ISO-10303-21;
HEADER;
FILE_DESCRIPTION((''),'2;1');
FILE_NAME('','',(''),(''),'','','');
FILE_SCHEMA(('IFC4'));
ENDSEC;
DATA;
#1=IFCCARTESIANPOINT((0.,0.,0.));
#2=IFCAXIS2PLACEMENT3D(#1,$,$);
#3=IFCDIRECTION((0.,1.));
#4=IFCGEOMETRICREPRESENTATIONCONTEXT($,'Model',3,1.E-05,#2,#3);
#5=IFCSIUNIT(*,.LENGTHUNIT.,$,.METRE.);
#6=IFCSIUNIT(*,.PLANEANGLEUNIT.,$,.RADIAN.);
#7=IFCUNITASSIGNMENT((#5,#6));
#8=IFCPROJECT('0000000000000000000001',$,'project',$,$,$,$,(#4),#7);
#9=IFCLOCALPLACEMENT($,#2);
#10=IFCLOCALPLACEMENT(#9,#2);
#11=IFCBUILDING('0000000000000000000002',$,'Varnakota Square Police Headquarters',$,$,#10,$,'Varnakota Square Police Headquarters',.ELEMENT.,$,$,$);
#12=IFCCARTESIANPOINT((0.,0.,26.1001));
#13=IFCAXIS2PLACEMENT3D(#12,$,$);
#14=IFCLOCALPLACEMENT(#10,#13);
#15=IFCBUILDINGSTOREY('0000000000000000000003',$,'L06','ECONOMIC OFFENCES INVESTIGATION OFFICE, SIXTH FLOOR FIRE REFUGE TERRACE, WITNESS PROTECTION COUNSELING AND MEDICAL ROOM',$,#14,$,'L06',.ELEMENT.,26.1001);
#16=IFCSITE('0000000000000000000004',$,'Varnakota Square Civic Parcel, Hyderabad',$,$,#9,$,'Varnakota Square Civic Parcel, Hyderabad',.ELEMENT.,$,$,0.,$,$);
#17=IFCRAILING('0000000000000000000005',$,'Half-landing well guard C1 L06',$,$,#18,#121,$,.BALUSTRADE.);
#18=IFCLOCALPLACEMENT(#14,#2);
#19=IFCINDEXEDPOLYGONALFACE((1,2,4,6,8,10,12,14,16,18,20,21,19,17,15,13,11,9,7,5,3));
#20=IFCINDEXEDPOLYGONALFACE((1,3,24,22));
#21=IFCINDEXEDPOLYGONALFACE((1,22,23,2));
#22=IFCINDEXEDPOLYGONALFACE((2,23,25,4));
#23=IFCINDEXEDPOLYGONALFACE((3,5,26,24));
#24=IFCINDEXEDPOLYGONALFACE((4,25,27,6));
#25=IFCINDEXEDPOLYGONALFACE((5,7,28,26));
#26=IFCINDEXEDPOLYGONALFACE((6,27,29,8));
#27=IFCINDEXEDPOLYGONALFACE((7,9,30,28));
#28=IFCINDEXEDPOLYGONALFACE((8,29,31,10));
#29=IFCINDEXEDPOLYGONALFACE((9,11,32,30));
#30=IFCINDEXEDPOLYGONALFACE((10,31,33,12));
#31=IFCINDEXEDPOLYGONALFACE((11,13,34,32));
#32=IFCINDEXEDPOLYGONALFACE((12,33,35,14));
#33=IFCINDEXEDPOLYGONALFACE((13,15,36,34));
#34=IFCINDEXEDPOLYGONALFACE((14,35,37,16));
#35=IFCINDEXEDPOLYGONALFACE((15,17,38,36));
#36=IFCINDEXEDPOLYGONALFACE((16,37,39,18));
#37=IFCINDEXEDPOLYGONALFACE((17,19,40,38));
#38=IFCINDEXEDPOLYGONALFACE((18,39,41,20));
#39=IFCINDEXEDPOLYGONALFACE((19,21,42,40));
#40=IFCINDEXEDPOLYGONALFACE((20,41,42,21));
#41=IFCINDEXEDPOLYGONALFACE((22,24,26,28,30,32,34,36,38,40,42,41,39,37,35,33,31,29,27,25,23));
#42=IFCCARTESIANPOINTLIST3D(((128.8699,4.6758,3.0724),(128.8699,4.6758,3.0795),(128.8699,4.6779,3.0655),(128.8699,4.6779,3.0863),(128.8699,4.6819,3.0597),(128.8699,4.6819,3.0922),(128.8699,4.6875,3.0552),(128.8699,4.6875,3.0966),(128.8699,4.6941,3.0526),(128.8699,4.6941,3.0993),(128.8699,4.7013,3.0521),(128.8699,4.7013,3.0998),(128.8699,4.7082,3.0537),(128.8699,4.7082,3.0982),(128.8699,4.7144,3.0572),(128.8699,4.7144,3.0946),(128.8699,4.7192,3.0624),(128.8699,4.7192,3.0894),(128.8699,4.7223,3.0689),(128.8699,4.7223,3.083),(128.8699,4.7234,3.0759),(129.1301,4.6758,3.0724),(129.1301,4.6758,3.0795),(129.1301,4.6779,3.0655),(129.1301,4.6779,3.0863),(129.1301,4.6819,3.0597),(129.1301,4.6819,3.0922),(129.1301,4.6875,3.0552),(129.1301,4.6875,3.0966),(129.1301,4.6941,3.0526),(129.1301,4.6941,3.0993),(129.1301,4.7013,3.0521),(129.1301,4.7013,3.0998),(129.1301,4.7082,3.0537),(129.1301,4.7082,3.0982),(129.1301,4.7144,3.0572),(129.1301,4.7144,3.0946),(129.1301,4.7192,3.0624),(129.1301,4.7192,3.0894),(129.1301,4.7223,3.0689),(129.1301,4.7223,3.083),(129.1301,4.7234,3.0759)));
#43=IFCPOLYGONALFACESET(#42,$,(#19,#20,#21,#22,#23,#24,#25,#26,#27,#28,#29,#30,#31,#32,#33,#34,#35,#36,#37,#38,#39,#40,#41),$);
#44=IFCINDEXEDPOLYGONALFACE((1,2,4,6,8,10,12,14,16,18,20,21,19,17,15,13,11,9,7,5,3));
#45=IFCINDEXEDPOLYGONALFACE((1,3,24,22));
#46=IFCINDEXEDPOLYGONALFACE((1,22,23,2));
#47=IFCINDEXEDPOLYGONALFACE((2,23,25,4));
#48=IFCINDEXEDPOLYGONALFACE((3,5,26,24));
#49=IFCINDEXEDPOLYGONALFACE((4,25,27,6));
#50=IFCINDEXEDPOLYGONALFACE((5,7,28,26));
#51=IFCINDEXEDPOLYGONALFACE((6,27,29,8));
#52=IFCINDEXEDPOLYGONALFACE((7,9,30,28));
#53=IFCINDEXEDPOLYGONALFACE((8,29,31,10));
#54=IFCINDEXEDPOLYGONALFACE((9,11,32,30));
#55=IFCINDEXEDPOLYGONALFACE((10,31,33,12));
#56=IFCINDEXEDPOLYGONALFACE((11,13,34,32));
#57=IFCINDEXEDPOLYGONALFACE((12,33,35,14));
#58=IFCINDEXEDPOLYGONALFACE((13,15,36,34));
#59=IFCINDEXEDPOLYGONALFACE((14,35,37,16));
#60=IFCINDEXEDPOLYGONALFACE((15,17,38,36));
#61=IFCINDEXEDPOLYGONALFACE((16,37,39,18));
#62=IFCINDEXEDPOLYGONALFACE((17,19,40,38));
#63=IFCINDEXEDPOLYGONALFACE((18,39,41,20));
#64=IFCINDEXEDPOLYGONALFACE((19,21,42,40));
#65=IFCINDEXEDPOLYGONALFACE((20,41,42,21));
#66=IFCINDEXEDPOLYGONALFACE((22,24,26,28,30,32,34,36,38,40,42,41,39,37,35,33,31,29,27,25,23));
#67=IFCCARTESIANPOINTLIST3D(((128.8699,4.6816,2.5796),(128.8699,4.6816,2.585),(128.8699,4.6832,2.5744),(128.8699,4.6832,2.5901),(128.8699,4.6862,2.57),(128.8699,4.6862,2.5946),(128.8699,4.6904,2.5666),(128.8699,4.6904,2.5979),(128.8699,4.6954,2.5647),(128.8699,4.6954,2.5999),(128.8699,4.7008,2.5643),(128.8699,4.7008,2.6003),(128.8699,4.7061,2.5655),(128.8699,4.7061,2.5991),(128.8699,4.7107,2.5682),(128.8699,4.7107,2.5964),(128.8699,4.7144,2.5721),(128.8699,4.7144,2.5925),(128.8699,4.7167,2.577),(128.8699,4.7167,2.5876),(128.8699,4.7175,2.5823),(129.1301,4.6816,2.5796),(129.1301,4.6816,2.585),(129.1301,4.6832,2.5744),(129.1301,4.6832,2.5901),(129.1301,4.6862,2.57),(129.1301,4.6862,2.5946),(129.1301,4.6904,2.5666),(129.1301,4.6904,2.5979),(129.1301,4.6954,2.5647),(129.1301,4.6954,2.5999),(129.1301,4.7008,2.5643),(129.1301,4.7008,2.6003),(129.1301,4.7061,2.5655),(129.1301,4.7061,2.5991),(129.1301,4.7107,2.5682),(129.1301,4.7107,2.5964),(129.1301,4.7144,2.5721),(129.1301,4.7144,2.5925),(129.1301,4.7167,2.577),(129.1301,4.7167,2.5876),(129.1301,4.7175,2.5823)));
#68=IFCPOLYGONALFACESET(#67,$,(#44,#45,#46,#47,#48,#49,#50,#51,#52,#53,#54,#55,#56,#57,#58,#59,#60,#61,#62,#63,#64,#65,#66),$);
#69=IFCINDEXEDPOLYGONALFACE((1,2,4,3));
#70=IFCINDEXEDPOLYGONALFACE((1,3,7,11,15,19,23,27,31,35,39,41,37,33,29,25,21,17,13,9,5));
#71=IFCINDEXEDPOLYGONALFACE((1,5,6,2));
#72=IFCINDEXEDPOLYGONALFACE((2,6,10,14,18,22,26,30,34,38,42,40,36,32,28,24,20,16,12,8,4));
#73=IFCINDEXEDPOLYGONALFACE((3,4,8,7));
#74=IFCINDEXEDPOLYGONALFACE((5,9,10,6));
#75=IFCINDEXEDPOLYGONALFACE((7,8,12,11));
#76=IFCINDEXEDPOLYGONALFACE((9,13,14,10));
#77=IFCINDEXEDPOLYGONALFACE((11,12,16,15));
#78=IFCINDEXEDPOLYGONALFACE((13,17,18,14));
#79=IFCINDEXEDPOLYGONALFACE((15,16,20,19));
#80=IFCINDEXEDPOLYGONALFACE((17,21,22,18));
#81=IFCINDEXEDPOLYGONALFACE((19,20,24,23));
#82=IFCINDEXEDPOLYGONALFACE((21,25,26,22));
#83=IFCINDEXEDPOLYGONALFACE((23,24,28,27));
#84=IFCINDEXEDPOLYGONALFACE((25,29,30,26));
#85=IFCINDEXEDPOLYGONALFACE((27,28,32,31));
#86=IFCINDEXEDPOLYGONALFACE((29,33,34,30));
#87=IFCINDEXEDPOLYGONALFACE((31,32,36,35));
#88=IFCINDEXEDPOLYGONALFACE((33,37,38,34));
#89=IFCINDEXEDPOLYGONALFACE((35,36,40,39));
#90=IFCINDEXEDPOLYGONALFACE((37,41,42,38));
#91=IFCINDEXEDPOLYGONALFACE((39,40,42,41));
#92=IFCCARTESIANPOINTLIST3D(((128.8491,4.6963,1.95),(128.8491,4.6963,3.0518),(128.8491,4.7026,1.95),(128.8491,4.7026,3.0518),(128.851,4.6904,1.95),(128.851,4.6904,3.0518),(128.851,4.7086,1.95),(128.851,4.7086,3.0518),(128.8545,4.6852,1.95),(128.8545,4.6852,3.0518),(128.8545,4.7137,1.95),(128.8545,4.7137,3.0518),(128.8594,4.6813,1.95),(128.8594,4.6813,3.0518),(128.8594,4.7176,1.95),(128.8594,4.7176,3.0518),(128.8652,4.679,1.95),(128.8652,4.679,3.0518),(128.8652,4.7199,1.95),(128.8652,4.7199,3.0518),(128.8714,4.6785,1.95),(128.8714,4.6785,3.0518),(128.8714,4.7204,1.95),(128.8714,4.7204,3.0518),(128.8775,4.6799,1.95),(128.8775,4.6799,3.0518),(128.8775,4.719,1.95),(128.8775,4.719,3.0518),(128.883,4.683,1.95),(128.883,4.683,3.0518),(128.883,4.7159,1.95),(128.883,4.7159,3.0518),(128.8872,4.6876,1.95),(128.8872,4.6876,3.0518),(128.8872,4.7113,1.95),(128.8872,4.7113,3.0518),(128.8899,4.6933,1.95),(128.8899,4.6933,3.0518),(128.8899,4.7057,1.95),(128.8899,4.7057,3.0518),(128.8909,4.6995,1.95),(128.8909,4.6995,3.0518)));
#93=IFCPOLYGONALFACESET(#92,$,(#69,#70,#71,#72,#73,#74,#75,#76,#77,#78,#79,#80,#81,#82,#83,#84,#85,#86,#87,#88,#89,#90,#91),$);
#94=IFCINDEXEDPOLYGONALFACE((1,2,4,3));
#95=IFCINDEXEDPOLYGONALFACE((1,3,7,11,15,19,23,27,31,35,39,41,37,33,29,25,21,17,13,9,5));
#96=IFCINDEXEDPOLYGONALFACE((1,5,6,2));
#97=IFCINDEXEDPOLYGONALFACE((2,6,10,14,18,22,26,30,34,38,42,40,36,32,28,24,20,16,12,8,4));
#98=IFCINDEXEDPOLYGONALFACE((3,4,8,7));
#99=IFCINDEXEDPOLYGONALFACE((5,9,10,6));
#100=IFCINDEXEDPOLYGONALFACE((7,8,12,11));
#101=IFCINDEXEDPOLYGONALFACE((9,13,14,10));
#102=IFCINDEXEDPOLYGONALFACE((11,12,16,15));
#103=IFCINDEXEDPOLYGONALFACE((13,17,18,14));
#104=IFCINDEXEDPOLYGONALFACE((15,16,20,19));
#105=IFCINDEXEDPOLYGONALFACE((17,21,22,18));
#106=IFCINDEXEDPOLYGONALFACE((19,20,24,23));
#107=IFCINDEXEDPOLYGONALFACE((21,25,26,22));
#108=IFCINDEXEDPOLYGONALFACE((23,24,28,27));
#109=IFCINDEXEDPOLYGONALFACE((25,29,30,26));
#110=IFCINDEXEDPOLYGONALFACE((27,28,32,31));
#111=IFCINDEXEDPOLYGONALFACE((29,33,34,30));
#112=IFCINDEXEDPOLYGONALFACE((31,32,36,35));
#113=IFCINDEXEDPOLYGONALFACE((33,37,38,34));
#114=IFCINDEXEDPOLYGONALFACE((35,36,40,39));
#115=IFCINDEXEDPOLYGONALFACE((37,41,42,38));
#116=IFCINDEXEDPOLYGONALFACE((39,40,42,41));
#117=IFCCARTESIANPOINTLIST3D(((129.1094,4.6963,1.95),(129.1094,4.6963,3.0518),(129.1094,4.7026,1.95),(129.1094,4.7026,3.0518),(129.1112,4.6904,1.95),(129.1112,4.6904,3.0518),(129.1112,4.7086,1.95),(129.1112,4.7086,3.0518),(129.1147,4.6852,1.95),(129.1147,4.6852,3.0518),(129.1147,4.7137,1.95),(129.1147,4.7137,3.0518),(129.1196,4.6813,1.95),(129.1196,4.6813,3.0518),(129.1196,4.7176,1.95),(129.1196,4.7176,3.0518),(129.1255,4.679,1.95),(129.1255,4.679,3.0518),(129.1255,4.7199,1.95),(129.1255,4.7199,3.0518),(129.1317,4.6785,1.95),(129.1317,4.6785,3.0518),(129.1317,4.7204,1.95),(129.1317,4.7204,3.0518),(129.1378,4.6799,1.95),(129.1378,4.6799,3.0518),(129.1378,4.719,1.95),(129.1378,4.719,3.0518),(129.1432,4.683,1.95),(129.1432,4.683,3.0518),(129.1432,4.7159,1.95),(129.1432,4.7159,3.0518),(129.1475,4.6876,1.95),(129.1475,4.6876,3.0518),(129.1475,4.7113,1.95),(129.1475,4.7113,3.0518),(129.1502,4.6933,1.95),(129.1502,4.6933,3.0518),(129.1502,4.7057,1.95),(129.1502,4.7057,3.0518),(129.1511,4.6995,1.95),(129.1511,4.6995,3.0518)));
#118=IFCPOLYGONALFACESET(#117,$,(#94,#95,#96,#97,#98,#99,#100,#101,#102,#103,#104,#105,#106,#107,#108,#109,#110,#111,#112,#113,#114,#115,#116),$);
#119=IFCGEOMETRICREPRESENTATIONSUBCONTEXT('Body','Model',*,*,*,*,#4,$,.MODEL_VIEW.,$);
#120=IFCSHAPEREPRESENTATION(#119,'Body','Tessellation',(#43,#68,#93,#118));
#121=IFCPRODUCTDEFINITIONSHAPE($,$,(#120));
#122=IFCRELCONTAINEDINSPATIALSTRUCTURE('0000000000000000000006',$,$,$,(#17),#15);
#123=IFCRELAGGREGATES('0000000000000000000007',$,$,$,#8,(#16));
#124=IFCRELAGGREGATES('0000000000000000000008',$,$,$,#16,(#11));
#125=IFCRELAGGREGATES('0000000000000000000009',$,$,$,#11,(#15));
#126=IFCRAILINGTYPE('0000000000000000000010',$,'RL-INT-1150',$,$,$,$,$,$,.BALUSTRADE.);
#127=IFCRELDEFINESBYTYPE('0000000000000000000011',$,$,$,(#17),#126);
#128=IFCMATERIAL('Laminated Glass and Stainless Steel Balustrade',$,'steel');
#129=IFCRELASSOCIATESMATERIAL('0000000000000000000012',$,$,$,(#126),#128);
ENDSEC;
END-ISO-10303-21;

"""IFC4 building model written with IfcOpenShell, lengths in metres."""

from ifc_helpers import new_model, si_unit, direction, frame, origin, origin_2d, place, context, subcontext, project, spatial, circle, extrude, material, type_object, element, save


model = new_model("IFC4")

# Units and contexts
model_context = context("Model", 3, precision=1e-05, world=origin(), true_north=direction((0.0, 1.0)))
body_context = subcontext(model_context, "Body", "Model", "MODEL_VIEW")
ifc_project = project(units=[si_unit("LENGTHUNIT", "METRE"), si_unit("PLANEANGLEUNIT", "RADIAN")], contexts=[model_context])

# Site, building, storey
site_placement = place(None, origin())
site = spatial("IfcSite", under=ifc_project, at=site_placement, Name="Varnakota Square Civic Parcel, Hyderabad", LongName="Varnakota Square Civic Parcel, Hyderabad", CompositionType="ELEMENT", RefElevation=0.0)
building_placement = place(site_placement, origin())
building = spatial("IfcBuilding", under=site, at=building_placement, Name="Varnakota Square Police Headquarters", LongName="Varnakota Square Police Headquarters", CompositionType="ELEMENT")
storey_placement = place(building_placement, frame((0.0, 0.0, 26.1001)))
storey = spatial("IfcBuildingStorey", under=building, at=storey_placement, Name="L06", Description="ECONOMIC OFFENCES INVESTIGATION OFFICE, SIXTH FLOOR FIRE REFUGE TERRACE, WITNESS PROTECTION COUNSELING AND MEDICAL ROOM", LongName="L06", CompositionType="ELEMENT", Elevation=26.1001)

# Railing
ifc_material_1 = material(Name="Laminated Glass and Stainless Steel Balustrade", Category="steel")
railing_type_1 = type_object("IfcRailingType", Name="RL-INT-1150", PredefinedType="BALUSTRADE", material=ifc_material_1)
railing_1_placement = place(storey_placement, frame((128.8699, 4.6995, 1.95)))
element("IfcRailing", 1, at=railing_1_placement, inside=storey, type_object=railing_type_1, Name="Half-landing well guard C1 L06", PredefinedType="BALUSTRADE", context=body_context, shape_type="SweptSolid", body=[
    extrude(circle(Radius=0.0239, at=origin_2d()), frame((0.0, 0.0, 1.126), z_axis=(1.0, 0.0, 0.0), x_axis=(0.0, 1.0, 0.0)), (0.0, 0.0, 1.0), 0.2603),
    extrude(circle(Radius=0.0181, at=origin_2d()), frame((0.0, 0.0, 0.6323), z_axis=(1.0, 0.0, 0.0), x_axis=(0.0, 1.0, 0.0)), (0.0, 0.0, 1.0), 0.2603),
    extrude(circle(Radius=0.021, at=origin_2d()), origin(), (0.0, 0.0, 1.0), 1.1018),
    extrude(circle(Radius=0.021, at=origin_2d()), frame((0.2603, 0.0, 0.0)), (0.0, 0.0, 1.0), 1.1018),
])

save(model, "model.ifc")
